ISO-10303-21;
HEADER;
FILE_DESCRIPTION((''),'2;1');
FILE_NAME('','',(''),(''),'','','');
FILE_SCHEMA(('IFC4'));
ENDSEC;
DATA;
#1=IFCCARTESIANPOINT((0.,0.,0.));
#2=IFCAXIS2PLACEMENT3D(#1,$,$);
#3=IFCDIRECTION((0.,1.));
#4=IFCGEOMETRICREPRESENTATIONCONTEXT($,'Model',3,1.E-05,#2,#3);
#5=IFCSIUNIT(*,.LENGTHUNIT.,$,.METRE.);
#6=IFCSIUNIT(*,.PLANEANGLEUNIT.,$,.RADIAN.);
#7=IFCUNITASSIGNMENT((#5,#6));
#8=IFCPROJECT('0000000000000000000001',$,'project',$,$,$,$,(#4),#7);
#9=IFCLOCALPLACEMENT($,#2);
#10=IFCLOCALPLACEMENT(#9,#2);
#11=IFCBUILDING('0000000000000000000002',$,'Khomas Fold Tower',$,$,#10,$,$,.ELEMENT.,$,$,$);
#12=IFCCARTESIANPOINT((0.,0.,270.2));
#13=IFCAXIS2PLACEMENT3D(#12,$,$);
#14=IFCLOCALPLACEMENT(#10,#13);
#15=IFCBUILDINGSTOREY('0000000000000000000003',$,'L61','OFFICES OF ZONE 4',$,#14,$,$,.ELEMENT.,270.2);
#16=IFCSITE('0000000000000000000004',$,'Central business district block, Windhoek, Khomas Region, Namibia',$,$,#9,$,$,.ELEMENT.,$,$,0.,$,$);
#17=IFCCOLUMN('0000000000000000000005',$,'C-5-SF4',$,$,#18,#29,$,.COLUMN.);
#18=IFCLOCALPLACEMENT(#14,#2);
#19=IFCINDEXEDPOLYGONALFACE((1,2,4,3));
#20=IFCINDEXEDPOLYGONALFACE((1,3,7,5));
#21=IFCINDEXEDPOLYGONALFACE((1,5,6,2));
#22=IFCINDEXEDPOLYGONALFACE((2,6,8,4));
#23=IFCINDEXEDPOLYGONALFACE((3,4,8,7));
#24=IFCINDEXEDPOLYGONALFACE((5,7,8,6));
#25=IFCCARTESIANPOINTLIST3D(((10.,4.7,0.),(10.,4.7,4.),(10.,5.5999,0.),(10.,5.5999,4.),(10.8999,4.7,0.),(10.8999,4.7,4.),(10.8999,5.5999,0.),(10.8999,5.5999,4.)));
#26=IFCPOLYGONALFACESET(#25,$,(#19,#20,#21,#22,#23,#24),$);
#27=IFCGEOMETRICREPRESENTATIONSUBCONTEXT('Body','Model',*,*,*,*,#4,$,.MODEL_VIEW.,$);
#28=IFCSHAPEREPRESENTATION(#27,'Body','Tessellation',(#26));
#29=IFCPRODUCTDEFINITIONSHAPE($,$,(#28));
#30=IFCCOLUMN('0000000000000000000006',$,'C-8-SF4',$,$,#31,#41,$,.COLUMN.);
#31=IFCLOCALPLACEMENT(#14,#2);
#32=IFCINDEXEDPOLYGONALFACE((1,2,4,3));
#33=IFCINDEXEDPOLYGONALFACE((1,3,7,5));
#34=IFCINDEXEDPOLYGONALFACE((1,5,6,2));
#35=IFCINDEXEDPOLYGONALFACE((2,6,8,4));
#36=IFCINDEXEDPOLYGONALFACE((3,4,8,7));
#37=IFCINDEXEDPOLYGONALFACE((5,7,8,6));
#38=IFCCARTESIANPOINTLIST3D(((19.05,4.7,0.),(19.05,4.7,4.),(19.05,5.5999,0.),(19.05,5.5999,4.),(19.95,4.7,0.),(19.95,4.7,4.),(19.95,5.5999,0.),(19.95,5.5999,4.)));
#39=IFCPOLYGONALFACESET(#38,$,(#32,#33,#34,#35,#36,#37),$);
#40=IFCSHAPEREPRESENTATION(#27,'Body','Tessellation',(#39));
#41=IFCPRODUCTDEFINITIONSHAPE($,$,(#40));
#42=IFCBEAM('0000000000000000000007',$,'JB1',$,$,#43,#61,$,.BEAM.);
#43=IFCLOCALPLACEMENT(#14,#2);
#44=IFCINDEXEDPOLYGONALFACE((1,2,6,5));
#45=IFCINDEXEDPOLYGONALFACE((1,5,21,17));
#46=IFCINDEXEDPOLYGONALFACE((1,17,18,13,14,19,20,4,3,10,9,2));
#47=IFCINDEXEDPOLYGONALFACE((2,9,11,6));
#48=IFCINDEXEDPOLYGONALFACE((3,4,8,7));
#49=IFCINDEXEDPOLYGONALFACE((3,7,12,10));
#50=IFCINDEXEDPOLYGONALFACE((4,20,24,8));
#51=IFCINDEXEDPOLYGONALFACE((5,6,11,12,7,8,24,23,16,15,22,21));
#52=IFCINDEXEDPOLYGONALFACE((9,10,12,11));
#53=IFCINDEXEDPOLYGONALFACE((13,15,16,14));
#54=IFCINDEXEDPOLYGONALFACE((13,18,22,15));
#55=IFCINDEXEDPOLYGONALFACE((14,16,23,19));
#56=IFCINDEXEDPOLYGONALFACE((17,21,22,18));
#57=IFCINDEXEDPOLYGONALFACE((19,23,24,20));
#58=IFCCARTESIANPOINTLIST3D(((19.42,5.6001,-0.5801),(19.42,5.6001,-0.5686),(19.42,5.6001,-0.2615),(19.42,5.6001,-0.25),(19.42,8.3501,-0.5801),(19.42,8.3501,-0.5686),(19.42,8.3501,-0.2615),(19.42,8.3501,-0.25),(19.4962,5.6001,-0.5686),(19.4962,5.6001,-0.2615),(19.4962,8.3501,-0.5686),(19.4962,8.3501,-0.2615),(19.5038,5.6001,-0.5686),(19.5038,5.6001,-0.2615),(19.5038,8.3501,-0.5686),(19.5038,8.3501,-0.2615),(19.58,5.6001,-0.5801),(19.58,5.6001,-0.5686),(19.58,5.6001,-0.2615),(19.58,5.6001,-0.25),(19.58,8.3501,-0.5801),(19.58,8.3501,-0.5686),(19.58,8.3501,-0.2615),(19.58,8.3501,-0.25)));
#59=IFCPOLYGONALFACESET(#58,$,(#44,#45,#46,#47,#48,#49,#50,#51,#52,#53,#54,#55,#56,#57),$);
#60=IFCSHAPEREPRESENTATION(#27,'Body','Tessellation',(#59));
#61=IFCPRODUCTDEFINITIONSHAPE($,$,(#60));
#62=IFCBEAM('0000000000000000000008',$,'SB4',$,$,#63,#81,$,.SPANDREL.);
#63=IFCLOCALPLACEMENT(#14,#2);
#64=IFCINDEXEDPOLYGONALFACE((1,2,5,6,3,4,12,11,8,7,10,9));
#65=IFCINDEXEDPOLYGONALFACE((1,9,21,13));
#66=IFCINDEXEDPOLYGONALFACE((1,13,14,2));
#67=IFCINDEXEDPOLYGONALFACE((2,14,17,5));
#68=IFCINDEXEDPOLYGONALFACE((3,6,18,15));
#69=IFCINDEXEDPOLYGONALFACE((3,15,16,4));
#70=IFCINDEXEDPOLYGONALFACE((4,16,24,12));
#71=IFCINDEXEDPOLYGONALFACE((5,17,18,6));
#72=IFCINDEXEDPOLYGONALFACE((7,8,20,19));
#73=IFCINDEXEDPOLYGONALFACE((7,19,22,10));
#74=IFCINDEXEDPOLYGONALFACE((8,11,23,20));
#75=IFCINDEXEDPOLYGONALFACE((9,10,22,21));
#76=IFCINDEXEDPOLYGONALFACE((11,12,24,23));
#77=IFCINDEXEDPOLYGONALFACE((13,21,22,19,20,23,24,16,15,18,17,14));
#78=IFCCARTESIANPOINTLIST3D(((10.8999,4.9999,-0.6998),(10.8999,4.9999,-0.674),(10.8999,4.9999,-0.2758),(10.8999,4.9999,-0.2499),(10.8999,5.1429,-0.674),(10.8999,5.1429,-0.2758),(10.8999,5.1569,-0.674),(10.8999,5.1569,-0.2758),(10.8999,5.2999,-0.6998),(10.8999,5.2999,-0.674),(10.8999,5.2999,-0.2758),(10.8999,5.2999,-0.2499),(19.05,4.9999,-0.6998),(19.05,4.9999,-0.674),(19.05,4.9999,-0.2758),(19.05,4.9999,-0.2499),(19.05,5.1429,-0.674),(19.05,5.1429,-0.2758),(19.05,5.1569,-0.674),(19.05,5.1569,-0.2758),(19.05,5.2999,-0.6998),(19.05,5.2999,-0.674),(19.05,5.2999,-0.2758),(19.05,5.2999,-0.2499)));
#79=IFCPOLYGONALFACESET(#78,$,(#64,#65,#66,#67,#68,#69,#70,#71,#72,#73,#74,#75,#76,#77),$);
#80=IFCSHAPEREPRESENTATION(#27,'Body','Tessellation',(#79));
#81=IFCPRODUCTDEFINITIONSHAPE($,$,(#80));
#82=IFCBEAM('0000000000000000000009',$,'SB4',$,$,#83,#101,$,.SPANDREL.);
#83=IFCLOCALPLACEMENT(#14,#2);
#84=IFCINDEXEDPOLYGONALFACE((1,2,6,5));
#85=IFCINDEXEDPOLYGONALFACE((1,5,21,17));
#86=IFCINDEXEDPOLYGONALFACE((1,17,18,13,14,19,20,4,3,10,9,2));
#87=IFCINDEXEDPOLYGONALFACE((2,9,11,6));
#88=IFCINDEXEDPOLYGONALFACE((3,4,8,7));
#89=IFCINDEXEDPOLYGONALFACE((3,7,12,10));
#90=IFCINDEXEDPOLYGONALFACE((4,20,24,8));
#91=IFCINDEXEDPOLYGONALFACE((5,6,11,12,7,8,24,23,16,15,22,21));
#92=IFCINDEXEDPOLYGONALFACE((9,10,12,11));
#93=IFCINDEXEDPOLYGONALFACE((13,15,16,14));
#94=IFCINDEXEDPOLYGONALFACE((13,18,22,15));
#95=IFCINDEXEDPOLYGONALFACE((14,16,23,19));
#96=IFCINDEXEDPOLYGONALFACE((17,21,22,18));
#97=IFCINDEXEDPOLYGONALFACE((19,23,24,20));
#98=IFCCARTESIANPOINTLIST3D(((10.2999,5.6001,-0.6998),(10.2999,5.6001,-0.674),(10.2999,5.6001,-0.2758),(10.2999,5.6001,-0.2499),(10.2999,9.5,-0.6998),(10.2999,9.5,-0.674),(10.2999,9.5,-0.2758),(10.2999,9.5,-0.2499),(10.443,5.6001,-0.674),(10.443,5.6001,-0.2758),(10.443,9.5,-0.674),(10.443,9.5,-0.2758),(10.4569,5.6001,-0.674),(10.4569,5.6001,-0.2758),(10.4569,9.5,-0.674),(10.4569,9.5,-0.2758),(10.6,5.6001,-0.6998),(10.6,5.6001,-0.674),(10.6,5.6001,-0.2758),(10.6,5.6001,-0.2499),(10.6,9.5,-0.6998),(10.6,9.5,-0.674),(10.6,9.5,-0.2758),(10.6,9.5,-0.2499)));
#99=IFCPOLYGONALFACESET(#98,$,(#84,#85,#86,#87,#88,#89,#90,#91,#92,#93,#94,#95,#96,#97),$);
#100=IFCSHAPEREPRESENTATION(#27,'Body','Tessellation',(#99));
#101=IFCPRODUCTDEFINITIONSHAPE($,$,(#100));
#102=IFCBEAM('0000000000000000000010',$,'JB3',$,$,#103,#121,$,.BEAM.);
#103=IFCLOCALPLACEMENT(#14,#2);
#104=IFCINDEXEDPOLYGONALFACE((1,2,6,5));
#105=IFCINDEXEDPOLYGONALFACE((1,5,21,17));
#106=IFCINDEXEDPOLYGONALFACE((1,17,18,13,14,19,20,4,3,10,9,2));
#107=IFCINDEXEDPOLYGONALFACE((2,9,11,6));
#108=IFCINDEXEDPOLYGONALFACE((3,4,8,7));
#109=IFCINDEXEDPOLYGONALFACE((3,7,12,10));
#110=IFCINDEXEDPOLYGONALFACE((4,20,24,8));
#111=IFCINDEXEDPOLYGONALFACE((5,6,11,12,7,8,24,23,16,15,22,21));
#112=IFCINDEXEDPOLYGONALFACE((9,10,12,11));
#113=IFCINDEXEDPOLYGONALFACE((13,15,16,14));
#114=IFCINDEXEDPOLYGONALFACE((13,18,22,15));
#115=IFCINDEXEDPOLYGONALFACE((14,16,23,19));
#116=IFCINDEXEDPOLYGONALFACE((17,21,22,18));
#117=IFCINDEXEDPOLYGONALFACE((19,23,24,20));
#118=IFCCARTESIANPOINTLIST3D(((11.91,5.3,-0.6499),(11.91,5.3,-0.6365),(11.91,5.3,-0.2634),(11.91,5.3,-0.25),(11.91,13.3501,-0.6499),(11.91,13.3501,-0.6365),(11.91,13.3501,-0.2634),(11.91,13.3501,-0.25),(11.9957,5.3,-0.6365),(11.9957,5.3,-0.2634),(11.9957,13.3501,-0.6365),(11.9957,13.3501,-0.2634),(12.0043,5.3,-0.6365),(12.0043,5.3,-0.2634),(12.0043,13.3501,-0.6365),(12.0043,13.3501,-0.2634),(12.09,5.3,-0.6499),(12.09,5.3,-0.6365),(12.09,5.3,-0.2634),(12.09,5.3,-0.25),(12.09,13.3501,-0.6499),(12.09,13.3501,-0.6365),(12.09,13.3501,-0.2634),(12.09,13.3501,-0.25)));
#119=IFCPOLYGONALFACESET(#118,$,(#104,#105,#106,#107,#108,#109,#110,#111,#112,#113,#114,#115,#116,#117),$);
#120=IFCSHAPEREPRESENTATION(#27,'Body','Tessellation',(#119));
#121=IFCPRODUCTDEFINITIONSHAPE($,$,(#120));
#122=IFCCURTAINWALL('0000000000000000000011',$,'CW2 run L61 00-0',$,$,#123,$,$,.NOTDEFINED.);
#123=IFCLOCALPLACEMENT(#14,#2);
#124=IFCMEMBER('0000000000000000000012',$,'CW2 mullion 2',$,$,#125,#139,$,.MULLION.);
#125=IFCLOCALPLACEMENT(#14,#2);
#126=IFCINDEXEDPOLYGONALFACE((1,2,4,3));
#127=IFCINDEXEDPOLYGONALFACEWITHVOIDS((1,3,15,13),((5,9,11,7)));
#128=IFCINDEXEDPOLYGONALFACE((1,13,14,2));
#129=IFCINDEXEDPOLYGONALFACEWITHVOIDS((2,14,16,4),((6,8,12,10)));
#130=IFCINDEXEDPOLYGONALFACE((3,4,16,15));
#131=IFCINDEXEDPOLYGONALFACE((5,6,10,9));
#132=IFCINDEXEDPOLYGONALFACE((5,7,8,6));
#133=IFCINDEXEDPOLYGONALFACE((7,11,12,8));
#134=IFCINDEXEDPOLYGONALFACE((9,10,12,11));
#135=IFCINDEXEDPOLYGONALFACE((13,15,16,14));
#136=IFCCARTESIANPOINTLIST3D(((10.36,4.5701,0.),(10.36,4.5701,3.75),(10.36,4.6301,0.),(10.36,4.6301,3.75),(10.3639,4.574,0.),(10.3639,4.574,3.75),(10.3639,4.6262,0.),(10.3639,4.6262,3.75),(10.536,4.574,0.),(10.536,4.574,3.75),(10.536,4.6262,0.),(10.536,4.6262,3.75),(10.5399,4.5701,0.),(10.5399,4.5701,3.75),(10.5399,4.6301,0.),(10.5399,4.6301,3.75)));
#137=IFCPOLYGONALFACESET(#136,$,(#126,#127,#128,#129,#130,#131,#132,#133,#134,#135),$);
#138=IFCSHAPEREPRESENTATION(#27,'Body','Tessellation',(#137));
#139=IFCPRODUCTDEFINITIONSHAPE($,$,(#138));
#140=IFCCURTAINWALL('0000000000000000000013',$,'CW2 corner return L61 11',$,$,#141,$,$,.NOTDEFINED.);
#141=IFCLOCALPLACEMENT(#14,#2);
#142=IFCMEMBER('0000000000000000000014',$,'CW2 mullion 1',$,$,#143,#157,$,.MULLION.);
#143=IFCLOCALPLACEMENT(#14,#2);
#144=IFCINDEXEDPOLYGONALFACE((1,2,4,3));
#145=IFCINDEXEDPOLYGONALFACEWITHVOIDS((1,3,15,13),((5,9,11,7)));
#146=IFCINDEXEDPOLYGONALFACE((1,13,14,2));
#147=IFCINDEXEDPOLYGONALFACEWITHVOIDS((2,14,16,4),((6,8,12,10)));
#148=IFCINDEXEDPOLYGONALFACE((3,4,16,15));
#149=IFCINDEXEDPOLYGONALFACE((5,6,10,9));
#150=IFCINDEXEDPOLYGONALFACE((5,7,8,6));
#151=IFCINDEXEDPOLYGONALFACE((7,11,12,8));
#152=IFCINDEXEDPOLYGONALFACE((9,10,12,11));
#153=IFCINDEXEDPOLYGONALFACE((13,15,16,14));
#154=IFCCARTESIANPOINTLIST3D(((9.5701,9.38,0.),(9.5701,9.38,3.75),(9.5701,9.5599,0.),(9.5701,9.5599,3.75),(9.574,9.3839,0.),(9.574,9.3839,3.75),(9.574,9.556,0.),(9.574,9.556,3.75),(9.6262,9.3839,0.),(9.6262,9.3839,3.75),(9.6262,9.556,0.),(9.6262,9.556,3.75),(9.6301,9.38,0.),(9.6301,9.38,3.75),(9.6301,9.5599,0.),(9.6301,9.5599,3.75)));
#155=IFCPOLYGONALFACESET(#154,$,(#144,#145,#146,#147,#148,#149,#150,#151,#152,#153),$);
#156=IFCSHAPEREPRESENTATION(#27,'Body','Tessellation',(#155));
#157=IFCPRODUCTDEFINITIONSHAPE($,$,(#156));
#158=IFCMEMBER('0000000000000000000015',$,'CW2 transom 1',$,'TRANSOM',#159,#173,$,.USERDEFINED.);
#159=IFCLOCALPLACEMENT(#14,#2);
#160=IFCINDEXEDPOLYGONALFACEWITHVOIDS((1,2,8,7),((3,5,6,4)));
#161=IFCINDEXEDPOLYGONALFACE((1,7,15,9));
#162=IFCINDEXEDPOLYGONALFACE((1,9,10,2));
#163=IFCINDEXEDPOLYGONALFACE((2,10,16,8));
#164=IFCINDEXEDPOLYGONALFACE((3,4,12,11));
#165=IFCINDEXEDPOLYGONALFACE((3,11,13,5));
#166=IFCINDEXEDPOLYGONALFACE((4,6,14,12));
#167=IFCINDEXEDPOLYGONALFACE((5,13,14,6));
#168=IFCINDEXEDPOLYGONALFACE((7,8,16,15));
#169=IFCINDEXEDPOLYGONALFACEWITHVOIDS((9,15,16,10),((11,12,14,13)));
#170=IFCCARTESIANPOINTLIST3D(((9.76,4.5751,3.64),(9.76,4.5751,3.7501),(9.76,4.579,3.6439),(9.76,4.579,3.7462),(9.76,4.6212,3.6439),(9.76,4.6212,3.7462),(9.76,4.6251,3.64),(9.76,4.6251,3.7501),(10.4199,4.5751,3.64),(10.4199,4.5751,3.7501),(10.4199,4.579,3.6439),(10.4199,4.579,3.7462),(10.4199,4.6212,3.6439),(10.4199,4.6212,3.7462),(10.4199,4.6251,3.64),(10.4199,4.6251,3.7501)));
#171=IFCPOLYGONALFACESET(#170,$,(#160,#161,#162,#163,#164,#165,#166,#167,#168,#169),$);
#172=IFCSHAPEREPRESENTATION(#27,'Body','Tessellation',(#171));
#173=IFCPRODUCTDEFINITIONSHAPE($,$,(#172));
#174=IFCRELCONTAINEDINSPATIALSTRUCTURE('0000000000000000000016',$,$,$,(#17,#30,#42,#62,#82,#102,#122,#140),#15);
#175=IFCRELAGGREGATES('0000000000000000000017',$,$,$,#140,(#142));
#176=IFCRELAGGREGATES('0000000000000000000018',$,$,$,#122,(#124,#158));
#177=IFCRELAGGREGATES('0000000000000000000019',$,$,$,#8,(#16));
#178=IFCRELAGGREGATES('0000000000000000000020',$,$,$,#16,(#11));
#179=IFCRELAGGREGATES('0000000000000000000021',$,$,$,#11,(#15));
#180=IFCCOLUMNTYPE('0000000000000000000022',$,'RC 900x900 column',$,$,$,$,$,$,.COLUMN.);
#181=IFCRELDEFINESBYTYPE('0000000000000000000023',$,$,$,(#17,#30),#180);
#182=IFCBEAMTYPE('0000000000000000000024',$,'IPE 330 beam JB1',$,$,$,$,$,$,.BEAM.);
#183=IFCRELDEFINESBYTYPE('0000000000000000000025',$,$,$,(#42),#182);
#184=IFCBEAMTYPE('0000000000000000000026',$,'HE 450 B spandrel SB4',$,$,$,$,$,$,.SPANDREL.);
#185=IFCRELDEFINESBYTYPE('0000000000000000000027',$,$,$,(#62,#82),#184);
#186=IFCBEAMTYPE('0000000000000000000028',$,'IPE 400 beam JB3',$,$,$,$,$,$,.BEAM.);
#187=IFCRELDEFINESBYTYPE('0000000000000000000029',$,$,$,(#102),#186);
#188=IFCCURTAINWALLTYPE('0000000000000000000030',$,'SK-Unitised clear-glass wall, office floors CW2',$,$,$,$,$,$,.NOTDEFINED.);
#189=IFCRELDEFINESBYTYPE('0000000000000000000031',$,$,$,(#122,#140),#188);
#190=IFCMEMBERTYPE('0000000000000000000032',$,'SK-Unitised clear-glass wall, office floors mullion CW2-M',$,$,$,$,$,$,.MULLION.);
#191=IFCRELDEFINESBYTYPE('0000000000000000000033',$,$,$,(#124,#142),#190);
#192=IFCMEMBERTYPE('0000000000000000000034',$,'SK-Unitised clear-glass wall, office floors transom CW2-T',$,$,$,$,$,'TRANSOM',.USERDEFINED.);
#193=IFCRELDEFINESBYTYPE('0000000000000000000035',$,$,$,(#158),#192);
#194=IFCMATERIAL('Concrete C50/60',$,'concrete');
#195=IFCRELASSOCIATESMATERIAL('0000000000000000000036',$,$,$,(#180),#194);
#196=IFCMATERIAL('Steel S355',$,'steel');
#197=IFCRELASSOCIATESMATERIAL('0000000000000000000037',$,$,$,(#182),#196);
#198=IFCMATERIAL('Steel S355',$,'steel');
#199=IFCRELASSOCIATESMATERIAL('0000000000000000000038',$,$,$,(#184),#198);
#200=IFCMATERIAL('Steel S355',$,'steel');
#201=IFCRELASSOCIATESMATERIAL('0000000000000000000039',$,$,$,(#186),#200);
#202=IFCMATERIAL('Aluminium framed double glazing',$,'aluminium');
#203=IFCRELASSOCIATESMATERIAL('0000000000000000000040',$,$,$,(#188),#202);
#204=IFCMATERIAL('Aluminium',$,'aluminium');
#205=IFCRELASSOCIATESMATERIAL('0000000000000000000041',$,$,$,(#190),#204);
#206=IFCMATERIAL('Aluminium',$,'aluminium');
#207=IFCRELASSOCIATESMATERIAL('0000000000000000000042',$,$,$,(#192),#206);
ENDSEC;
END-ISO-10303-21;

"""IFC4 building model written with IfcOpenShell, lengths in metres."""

from ifc_helpers import new_model, si_unit, direction, frame, origin, origin_2d, place, context, subcontext, project, spatial, rectangle, hollow_rectangle, i_section, extrude, source, transform, mapped, material, material_profile, profile_set, type_object, element, aggregate, save


model = new_model("IFC4")

# Units and contexts
model_context = context("Model", 3, precision=1e-05, world=origin(), true_north=direction((0.0, 1.0)))
body_context = subcontext(model_context, "Body", "Model", "MODEL_VIEW")
ifc_project = project(units=[si_unit("LENGTHUNIT", "METRE"), si_unit("PLANEANGLEUNIT", "RADIAN")], contexts=[model_context])

# Site, building, storey
site_placement = place(None, origin())
site = spatial("IfcSite", under=ifc_project, at=site_placement, Name="Central business district block, Windhoek, Khomas Region, Namibia", CompositionType="ELEMENT", RefElevation=0.0)
building_placement = place(site_placement, origin())
building = spatial("IfcBuilding", under=site, at=building_placement, Name="Khomas Fold Tower", CompositionType="ELEMENT")
storey_placement = place(building_placement, frame((0.0, 0.0, 270.2)))
storey = spatial("IfcBuildingStorey", under=building, at=storey_placement, Name="L61", Description="OFFICES OF ZONE 4", CompositionType="ELEMENT", Elevation=270.2)

# Columns
ifc_material_1 = material(Name="Concrete C50/60", Category="concrete")
ifc_material_profile_1 = material_profile(ifc_material_1, rectangle(XDim=0.8999, YDim=0.8999, at=origin_2d()), Name="RC 900x900")
ifc_profile_set_1 = profile_set([ifc_material_profile_1], Name="Concrete C50/60")
column_type = type_object("IfcColumnType", Name="RC 900x900 column", PredefinedType="COLUMN", material=ifc_profile_set_1)
shared_shape_1 = source(origin(), body_context, "Body", "SweptSolid", [
    extrude(rectangle(XDim=0.8999, YDim=0.8999, at=origin_2d()), origin(), (0.0, 0.0, 1.0), 4.0),
])
for number, where, z_axis, x_axis, name in (
    (1, (10.45, 5.1499, 0.0), (0.0, 0.0, 1.0), (1.0, 0.0, 0.0), "C-5-SF4"),
    (2, (19.5, 5.1499, 0.0), (0.0, 0.0, 1.0), (1.0, 0.0, 0.0), "C-8-SF4"),
):
    element("IfcColumn", number, at=place(storey_placement, frame(where, z_axis=z_axis, x_axis=x_axis)), inside=storey, type_object=column_type, Name=name, PredefinedType="COLUMN", context=body_context, shape_type="MappedRepresentation", body=[
        mapped(shared_shape_1, transform((0.0, 0.0, 0.0))),
    ])

# Beams
ifc_material_2 = material(Name="Steel S355", Category="steel")
ifc_material_profile_2 = material_profile(ifc_material_2, i_section(OverallWidth=0.1599, OverallDepth=0.3301, WebThickness=0.0076, FlangeThickness=0.0115, at=origin_2d()), Name="IPE 330")
ifc_profile_set_2 = profile_set([ifc_material_profile_2], Name="Steel S355")
beam_type_1 = type_object("IfcBeamType", Name="IPE 330 beam JB1", PredefinedType="BEAM", material=ifc_profile_set_2)
shared_shape_2 = source(origin(), body_context, "Body", "SweptSolid", [
    extrude(i_section(OverallWidth=0.1599, OverallDepth=0.3301, WebThickness=0.0076, FlangeThickness=0.0115, at=origin_2d()), origin(), (0.0, 0.0, 1.0), 2.75),
])
beam_1_placement = place(storey_placement, frame((19.5, 5.6001, -0.415), z_axis=(0.0, 1.0, 0.0), x_axis=(-1.0, 0.0, 0.0)))
element("IfcBeam", 3, at=beam_1_placement, inside=storey, type_object=beam_type_1, Name="JB1", PredefinedType="BEAM", context=body_context, shape_type="MappedRepresentation", body=[
    mapped(shared_shape_2, transform((0.0, 0.0, 0.0))),
])
ifc_material_3 = material(Name="Steel S355", Category="steel")
ifc_material_profile_3 = material_profile(ifc_material_3, i_section(OverallWidth=0.3, OverallDepth=0.45, WebThickness=0.0139, FlangeThickness=0.0259, at=origin_2d()), Name="HE 450 B")
ifc_profile_set_3 = profile_set([ifc_material_profile_3], Name="Steel S355")
beam_type_2 = type_object("IfcBeamType", Name="HE 450 B spandrel SB4", PredefinedType="SPANDREL", material=ifc_profile_set_3)
shared_shape_3 = source(origin(), body_context, "Body", "SweptSolid", [
    extrude(i_section(OverallWidth=0.3, OverallDepth=0.45, WebThickness=0.0139, FlangeThickness=0.0259, at=origin_2d()), origin(), (0.0, 0.0, 1.0), 8.1501),
])
beam_2_placement = place(storey_placement, frame((10.8999, 5.1499, -0.4749), z_axis=(1.0, 0.0, 0.0), x_axis=(0.0, 1.0, 0.0)))
element("IfcBeam", 4, at=beam_2_placement, inside=storey, type_object=beam_type_2, Name="SB4", PredefinedType="SPANDREL", context=body_context, shape_type="MappedRepresentation", body=[
    mapped(shared_shape_3, transform((0.0, 0.0, 0.0))),
])
shared_shape_4 = source(origin(), body_context, "Body", "SweptSolid", [
    extrude(i_section(OverallWidth=0.3, OverallDepth=0.45, WebThickness=0.0139, FlangeThickness=0.0259, at=origin_2d()), origin(), (0.0, 0.0, 1.0), 3.8999),
])
beam_3_placement = place(storey_placement, frame((10.45, 5.6001, -0.4749), z_axis=(0.0, 1.0, 0.0), x_axis=(-1.0, 0.0, 0.0)))
element("IfcBeam", 5, at=beam_3_placement, inside=storey, type_object=beam_type_2, Name="SB4", PredefinedType="SPANDREL", context=body_context, shape_type="MappedRepresentation", body=[
    mapped(shared_shape_4, transform((0.0, 0.0, 0.0))),
])
ifc_material_4 = material(Name="Steel S355", Category="steel")
ifc_material_profile_4 = material_profile(ifc_material_4, i_section(OverallWidth=0.1799, OverallDepth=0.3999, WebThickness=0.0085, FlangeThickness=0.0134, at=origin_2d()), Name="IPE 400")
ifc_profile_set_4 = profile_set([ifc_material_profile_4], Name="Steel S355")
beam_type_3 = type_object("IfcBeamType", Name="IPE 400 beam JB3", PredefinedType="BEAM", material=ifc_profile_set_4)
shared_shape_5 = source(origin(), body_context, "Body", "SweptSolid", [
    extrude(i_section(OverallWidth=0.1799, OverallDepth=0.3999, WebThickness=0.0085, FlangeThickness=0.0134, at=origin_2d()), origin(), (0.0, 0.0, 1.0), 8.05),
])
beam_4_placement = place(storey_placement, frame((12.0, 5.3, -0.45), z_axis=(0.0, 1.0, 0.0), x_axis=(-1.0, 0.0, 0.0)))
element("IfcBeam", 6, at=beam_4_placement, inside=storey, type_object=beam_type_3, Name="JB3", PredefinedType="BEAM", context=body_context, shape_type="MappedRepresentation", body=[
    mapped(shared_shape_5, transform((0.0, 0.0, 0.0))),
])

# Curtain walls, members
ifc_material_5 = material(Name="Aluminium framed double glazing", Category="aluminium")
curtain_wall_type = type_object("IfcCurtainWallType", Name="SK-Unitised clear-glass wall, office floors CW2", PredefinedType="NOTDEFINED", material=ifc_material_5)
curtain_wall_1_placement = place(storey_placement, origin())
curtain_wall_1 = element("IfcCurtainWall", 7, at=curtain_wall_1_placement, inside=storey, type_object=curtain_wall_type, Name="CW2 run L61 00-0", PredefinedType="NOTDEFINED")
ifc_material_6 = material(Name="Aluminium", Category="aluminium")
ifc_material_profile_5 = material_profile(ifc_material_6, hollow_rectangle(XDim=0.0601, YDim=0.1799, WallThickness=0.0039, at=origin_2d()), Name="SK-Unitised clear-glass wall, office floors mullion CW2-M")
ifc_profile_set_5 = profile_set([ifc_material_profile_5], Name="Aluminium")
member_type_1 = type_object("IfcMemberType", Name="SK-Unitised clear-glass wall, office floors mullion CW2-M", PredefinedType="MULLION", material=ifc_profile_set_5)
shared_shape_6 = source(origin(), body_context, "Body", "SweptSolid", [
    extrude(hollow_rectangle(XDim=0.0601, YDim=0.1799, WallThickness=0.0039, at=origin_2d()), origin(), (0.0, 0.0, 1.0), 3.75),
])
member_1_placement = place(storey_placement, frame((10.45, 4.6001, 0.0), z_axis=(0.0, 0.0, 1.0), x_axis=(0.0, 1.0, 0.0)))
member_1 = element("IfcMember", 8, at=member_1_placement, type_object=member_type_1, Name="CW2 mullion 2", PredefinedType="MULLION", context=body_context, shape_type="MappedRepresentation", body=[
    mapped(shared_shape_6, transform((0.0, 0.0, 0.0))),
])
curtain_wall_2_placement = place(storey_placement, origin())
curtain_wall_2 = element("IfcCurtainWall", 9, at=curtain_wall_2_placement, inside=storey, type_object=curtain_wall_type, Name="CW2 corner return L61 11", PredefinedType="NOTDEFINED")
member_2_placement = place(storey_placement, frame((9.6001, 9.47, 0.0), z_axis=(0.0, 0.0, 1.0), x_axis=(1.0, 0.0, 0.0)))
member_2 = element("IfcMember", 10, at=member_2_placement, type_object=member_type_1, Name="CW2 mullion 1", PredefinedType="MULLION", context=body_context, shape_type="MappedRepresentation", body=[
    mapped(shared_shape_6, transform((0.0, 0.0, 0.0))),
])
aggregate(curtain_wall_2, [member_2])

# Member
ifc_material_7 = material(Name="Aluminium", Category="aluminium")
ifc_material_profile_6 = material_profile(ifc_material_7, hollow_rectangle(XDim=0.05, YDim=0.1101, WallThickness=0.0039, at=origin_2d()), Name="SK-Unitised clear-glass wall, office floors transom CW2-T")
ifc_profile_set_6 = profile_set([ifc_material_profile_6], Name="Aluminium")
member_type_2 = type_object("IfcMemberType", Name="SK-Unitised clear-glass wall, office floors transom CW2-T", ElementType="TRANSOM", PredefinedType="USERDEFINED", material=ifc_profile_set_6)
shared_shape_7 = source(origin(), body_context, "Body", "SweptSolid", [
    extrude(hollow_rectangle(XDim=0.05, YDim=0.1101, WallThickness=0.0039, at=origin_2d()), origin(), (0.0, 0.0, 1.0), 0.6599),
])
member_3_placement = place(storey_placement, frame((9.76, 4.6001, 3.6951), z_axis=(1.0, 0.0, 0.0), x_axis=(0.0, 1.0, 0.0)))
member_3 = element("IfcMember", 11, at=member_3_placement, type_object=member_type_2, Name="CW2 transom 1", ObjectType="TRANSOM", PredefinedType="USERDEFINED", context=body_context, shape_type="MappedRepresentation", body=[
    mapped(shared_shape_7, transform((0.0, 0.0, 0.0))),
])

aggregate(curtain_wall_1, [member_1, member_3])

save(model, "model.ifc")
